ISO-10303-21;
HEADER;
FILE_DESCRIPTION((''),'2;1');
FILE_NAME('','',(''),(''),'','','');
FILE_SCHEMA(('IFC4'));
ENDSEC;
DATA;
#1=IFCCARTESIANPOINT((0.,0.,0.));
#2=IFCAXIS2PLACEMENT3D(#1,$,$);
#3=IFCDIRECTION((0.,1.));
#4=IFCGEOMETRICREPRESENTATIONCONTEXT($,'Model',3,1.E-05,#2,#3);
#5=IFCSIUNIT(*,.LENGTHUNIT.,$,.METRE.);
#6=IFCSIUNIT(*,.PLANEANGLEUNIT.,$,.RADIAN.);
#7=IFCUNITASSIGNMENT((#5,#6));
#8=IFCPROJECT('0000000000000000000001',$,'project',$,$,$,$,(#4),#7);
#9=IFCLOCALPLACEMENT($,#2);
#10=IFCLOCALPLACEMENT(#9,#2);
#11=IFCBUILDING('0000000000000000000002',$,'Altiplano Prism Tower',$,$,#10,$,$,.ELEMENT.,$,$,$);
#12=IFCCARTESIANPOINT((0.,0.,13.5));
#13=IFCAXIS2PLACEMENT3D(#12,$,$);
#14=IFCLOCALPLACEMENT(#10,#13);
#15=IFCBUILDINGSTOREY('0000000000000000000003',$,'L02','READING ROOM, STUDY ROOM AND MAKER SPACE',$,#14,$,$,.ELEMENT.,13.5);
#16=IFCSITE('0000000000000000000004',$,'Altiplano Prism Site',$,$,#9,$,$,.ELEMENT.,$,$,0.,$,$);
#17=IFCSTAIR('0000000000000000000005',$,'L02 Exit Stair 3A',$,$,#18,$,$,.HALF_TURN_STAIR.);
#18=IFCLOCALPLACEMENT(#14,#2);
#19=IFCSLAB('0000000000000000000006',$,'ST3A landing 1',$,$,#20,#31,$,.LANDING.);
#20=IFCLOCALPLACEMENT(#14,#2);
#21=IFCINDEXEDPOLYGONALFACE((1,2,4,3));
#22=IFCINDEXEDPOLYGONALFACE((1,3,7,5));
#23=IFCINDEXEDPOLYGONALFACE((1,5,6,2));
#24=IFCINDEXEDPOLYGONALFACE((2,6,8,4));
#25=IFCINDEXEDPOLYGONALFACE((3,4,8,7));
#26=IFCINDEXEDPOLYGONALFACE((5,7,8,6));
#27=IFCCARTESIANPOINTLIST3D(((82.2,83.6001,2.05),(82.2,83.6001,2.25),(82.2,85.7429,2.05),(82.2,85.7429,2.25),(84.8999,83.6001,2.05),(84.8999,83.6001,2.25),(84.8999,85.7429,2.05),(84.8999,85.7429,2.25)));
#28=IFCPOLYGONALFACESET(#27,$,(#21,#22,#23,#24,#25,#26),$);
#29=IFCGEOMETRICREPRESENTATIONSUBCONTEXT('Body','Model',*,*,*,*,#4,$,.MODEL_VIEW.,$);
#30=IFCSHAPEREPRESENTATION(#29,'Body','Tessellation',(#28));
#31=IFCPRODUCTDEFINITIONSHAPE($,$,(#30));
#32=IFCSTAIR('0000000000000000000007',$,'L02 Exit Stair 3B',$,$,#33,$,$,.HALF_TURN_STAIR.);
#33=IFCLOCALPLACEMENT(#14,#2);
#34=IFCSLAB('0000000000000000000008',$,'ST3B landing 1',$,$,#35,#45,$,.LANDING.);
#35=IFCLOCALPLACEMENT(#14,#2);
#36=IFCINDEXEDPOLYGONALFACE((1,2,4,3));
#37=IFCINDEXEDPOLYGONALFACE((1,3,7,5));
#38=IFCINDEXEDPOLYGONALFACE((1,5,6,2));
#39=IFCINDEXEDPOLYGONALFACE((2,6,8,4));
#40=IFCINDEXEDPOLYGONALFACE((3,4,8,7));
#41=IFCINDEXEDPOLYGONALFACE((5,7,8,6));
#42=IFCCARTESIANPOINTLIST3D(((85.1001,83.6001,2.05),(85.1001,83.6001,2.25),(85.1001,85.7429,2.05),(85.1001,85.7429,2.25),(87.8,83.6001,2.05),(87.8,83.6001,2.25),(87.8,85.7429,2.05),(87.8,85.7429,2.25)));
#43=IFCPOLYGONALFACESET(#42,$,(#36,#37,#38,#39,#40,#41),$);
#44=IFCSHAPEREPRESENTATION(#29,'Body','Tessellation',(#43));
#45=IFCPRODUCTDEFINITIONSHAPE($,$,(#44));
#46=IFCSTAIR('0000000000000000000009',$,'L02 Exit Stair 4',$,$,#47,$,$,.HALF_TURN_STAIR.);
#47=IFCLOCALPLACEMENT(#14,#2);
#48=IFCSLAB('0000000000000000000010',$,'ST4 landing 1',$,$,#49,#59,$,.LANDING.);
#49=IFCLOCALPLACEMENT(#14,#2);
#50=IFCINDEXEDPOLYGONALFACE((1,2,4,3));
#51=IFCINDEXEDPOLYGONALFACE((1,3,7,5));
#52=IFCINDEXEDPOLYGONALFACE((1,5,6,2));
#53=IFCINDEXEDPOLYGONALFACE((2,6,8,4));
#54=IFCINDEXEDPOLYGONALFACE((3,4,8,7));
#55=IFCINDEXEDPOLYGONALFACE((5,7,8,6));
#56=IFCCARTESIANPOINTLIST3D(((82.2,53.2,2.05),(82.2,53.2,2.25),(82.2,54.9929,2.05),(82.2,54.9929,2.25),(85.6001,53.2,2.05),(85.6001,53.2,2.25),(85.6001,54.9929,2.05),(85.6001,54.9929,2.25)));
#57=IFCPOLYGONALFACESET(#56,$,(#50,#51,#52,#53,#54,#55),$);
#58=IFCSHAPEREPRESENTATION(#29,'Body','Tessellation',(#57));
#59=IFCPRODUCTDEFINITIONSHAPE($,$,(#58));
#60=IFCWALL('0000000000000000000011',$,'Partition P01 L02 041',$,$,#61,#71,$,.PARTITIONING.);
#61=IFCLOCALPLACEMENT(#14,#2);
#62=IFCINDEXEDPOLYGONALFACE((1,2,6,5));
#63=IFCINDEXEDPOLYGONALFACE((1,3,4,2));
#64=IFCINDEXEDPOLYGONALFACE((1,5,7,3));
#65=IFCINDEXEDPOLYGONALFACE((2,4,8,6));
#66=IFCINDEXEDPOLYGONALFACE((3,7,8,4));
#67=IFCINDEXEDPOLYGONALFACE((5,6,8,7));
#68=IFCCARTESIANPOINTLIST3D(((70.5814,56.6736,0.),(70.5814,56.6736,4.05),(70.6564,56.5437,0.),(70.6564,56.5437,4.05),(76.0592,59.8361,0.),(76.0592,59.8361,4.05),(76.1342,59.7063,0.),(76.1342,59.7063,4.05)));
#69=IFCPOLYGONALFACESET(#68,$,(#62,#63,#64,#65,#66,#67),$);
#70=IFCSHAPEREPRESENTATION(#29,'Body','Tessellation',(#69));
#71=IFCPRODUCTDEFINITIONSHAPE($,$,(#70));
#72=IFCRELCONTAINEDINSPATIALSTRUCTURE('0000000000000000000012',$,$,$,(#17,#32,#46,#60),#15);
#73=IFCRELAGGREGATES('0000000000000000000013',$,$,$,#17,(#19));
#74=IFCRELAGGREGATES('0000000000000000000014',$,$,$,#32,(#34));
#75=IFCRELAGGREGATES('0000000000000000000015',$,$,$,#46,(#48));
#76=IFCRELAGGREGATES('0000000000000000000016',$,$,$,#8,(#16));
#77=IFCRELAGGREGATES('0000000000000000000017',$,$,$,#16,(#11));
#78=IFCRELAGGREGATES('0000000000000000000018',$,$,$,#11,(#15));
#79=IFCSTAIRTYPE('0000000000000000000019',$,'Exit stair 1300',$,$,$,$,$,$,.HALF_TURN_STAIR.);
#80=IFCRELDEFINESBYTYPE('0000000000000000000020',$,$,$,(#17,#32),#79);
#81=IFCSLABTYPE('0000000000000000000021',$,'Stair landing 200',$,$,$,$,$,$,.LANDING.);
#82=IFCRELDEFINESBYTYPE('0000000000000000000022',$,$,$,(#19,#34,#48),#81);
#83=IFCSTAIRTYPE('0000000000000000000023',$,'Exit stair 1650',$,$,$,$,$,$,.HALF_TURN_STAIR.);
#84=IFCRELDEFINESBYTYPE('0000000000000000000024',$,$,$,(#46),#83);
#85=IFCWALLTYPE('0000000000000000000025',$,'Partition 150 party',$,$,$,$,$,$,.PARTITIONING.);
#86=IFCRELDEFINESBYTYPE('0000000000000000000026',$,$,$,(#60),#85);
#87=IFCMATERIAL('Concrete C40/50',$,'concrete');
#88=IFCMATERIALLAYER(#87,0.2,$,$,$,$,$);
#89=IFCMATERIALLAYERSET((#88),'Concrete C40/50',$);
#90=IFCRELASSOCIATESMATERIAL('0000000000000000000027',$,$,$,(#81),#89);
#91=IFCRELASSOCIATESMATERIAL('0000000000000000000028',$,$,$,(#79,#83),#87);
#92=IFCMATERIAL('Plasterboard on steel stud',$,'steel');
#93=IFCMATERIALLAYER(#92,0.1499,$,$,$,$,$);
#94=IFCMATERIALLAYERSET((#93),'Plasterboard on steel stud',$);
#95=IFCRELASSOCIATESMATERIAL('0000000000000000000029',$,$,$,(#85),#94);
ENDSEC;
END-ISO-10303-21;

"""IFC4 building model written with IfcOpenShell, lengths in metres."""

from ifc_helpers import new_model, si_unit, direction, frame, frame_2d, origin, place, context, subcontext, project, spatial, polyline, rectangle, outline, extrude, material, layer, layer_set, type_object, element, aggregate, save


model = new_model("IFC4")

# Units and contexts
model_context = context("Model", 3, precision=1e-05, world=origin(), true_north=direction((0.0, 1.0)))
body_context = subcontext(model_context, "Body", "Model", "MODEL_VIEW")
ifc_project = project(units=[si_unit("LENGTHUNIT", "METRE"), si_unit("PLANEANGLEUNIT", "RADIAN")], contexts=[model_context])

# Site, building, storey
site_placement = place(None, origin())
site = spatial("IfcSite", under=ifc_project, at=site_placement, Name="Altiplano Prism Site", CompositionType="ELEMENT", RefElevation=0.0)
building_placement = place(site_placement, origin())
building = spatial("IfcBuilding", under=site, at=building_placement, Name="Altiplano Prism Tower", CompositionType="ELEMENT")
storey_placement = place(building_placement, frame((0.0, 0.0, 13.5)))
storey = spatial("IfcBuildingStorey", under=building, at=storey_placement, Name="L02", Description="READING ROOM, STUDY ROOM AND MAKER SPACE", CompositionType="ELEMENT", Elevation=13.5)

# Shared definitions
ifc_material_1 = material(Name="Concrete C40/50", Category="concrete")

# Stairs, slabs
ifc_layer_1 = layer(ifc_material_1, 0.2)
ifc_layer_set_1 = layer_set([ifc_layer_1], Name="Concrete C40/50")
slab_type_1 = type_object("IfcSlabType", Name="Stair landing 200", PredefinedType="LANDING", material=ifc_layer_set_1)
stair_type_1 = type_object("IfcStairType", Name="Exit stair 1300", PredefinedType="HALF_TURN_STAIR", material=ifc_material_1)
stair_1_placement = place(storey_placement, origin())
stair_1 = element("IfcStair", 1, at=stair_1_placement, inside=storey, type_object=stair_type_1, Name="L02 Exit Stair 3A", PredefinedType="HALF_TURN_STAIR")
slab_1_placement = place(storey_placement, frame((0.0, 0.0, 2.05)))
slab_1 = element("IfcSlab", 2, at=slab_1_placement, type_object=slab_type_1, Name="ST3A landing 1", PredefinedType="LANDING", context=body_context, shape_type="SweptSolid", body=[
    extrude(outline(polyline([(82.2, 85.7429), (82.2, 83.6001), (84.8999, 83.6001), (84.8999, 85.7429), (82.2, 85.7429)])), origin(), (0.0, 0.0, 1.0), 0.2),
])
aggregate(stair_1, [slab_1])
stair_2_placement = place(storey_placement, origin())
stair_2 = element("IfcStair", 3, at=stair_2_placement, inside=storey, type_object=stair_type_1, Name="L02 Exit Stair 3B", PredefinedType="HALF_TURN_STAIR")
slab_2_placement = place(storey_placement, frame((0.0, 0.0, 2.05)))
slab_2 = element("IfcSlab", 4, at=slab_2_placement, type_object=slab_type_1, Name="ST3B landing 1", PredefinedType="LANDING", context=body_context, shape_type="SweptSolid", body=[
    extrude(outline(polyline([(85.1001, 85.7429), (85.1001, 83.6001), (87.8, 83.6001), (87.8, 85.7429), (85.1001, 85.7429)])), origin(), (0.0, 0.0, 1.0), 0.2),
])
aggregate(stair_2, [slab_2])
stair_type_2 = type_object("IfcStairType", Name="Exit stair 1650", PredefinedType="HALF_TURN_STAIR", material=ifc_material_1)
stair_3_placement = place(storey_placement, origin())
stair_3 = element("IfcStair", 5, at=stair_3_placement, inside=storey, type_object=stair_type_2, Name="L02 Exit Stair 4", PredefinedType="HALF_TURN_STAIR")
slab_3_placement = place(storey_placement, frame((0.0, 0.0, 2.05)))
slab_3 = element("IfcSlab", 6, at=slab_3_placement, type_object=slab_type_1, Name="ST4 landing 1", PredefinedType="LANDING", context=body_context, shape_type="SweptSolid", body=[
    extrude(outline(polyline([(82.2, 54.9929), (82.2, 53.2), (85.6001, 53.2), (85.6001, 54.9929), (82.2, 54.9929)])), origin(), (0.0, 0.0, 1.0), 0.2),
])
aggregate(stair_3, [slab_3])

# Wall
ifc_material_2 = material(Name="Plasterboard on steel stud", Category="steel")
ifc_layer_2 = layer(ifc_material_2, 0.1499)
ifc_layer_set_2 = layer_set([ifc_layer_2], Name="Plasterboard on steel stud")
wall_type = type_object("IfcWallType", Name="Partition 150 party", PredefinedType="PARTITIONING", material=ifc_layer_set_2)
wall_placement = place(storey_placement, frame((70.6189, 56.6086, 0.0), z_axis=(0.0, 0.0, 1.0), x_axis=(0.866026, 0.5, 0.0)))
element("IfcWall", 7, at=wall_placement, inside=storey, type_object=wall_type, Name="Partition P01 L02 041", PredefinedType="PARTITIONING", context=body_context, shape_type="SweptSolid", body=[
    extrude(rectangle(XDim=6.3252, YDim=0.1499, at=frame_2d((3.1626, 0.0))), origin(), (0.0, 0.0, 1.0), 4.05),
])

save(model, "model.ifc")
